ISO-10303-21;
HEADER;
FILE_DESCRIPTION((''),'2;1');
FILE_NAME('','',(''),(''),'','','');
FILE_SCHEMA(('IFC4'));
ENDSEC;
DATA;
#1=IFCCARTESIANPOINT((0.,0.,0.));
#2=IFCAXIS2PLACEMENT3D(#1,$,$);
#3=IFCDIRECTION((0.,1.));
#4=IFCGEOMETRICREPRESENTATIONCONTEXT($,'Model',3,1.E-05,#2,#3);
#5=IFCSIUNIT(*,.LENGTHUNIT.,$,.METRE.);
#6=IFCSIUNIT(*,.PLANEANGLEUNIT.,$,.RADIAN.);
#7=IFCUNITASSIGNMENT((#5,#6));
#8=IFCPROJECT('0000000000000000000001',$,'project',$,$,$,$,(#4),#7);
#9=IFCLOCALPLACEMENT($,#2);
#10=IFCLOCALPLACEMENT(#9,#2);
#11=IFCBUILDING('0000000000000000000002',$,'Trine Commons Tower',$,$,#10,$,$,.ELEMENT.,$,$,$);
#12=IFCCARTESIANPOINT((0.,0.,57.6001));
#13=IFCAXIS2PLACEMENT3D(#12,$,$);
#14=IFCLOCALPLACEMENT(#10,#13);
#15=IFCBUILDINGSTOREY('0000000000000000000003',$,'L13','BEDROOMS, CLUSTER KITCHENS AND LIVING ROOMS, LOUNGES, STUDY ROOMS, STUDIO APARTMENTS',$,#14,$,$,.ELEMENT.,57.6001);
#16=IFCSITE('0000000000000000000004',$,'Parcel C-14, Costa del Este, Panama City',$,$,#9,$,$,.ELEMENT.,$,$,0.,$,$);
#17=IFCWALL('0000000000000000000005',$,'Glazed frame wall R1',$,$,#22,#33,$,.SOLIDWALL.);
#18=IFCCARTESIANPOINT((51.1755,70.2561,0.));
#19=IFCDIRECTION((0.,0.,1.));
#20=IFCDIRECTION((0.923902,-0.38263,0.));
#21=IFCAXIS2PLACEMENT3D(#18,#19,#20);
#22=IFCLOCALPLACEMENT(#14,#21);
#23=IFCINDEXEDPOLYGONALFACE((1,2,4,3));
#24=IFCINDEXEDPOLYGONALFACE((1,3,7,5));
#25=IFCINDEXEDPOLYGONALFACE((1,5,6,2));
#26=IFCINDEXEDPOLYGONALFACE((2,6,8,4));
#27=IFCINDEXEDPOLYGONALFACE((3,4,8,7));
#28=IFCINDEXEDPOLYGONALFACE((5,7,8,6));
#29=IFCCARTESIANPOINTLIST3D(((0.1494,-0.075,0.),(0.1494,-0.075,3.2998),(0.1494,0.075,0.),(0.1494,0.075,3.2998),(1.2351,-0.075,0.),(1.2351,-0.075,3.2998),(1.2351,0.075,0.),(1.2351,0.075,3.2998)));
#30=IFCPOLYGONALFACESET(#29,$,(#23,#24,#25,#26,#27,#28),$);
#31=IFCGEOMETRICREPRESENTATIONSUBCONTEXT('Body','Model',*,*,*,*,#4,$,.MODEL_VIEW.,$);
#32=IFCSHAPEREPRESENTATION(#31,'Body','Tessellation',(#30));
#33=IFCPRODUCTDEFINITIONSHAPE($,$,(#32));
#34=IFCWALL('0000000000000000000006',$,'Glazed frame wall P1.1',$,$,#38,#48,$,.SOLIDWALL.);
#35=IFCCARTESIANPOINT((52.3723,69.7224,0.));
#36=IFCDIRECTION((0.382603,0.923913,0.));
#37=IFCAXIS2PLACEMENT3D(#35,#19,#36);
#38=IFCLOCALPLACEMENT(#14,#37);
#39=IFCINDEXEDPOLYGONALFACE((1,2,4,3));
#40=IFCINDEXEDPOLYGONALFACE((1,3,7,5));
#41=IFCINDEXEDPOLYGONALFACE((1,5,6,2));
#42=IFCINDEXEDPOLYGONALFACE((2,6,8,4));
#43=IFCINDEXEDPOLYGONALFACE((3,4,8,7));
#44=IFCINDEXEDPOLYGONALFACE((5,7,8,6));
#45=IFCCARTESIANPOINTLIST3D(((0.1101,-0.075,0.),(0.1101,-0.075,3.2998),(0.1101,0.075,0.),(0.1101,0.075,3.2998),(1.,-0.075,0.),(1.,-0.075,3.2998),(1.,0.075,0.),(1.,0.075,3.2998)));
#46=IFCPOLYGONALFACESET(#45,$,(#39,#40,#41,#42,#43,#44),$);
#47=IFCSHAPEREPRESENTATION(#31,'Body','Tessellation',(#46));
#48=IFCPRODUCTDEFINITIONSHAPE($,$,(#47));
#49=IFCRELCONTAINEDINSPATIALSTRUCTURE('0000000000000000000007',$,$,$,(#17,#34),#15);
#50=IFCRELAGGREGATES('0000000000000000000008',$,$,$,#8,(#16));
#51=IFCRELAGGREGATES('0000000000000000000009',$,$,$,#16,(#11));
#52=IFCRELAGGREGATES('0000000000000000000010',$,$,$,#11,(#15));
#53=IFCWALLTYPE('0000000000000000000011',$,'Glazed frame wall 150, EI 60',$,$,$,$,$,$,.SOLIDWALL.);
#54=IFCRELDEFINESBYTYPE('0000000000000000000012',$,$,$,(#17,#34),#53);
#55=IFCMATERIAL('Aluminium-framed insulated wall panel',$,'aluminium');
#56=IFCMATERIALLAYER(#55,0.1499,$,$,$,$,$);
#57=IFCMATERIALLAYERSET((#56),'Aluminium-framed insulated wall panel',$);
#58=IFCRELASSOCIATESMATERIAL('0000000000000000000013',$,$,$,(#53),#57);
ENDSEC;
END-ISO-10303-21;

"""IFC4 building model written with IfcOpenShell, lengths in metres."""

from ifc_helpers import new_model, si_unit, direction, frame, origin, place, context, subcontext, project, spatial, polyline, outline, extrude, material, layer, layer_set, type_object, element, save


model = new_model("IFC4")

# Units and contexts
model_context = context("Model", 3, precision=1e-05, world=origin(), true_north=direction((0.0, 1.0)))
body_context = subcontext(model_context, "Body", "Model", "MODEL_VIEW")
ifc_project = project(units=[si_unit("LENGTHUNIT", "METRE"), si_unit("PLANEANGLEUNIT", "RADIAN")], contexts=[model_context])

# Site, building, storey
site_placement = place(None, origin())
site = spatial("IfcSite", under=ifc_project, at=site_placement, Name="Parcel C-14, Costa del Este, Panama City", CompositionType="ELEMENT", RefElevation=0.0)
building_placement = place(site_placement, origin())
building = spatial("IfcBuilding", under=site, at=building_placement, Name="Trine Commons Tower", CompositionType="ELEMENT")
storey_placement = place(building_placement, frame((0.0, 0.0, 57.6001)))
storey = spatial("IfcBuildingStorey", under=building, at=storey_placement, Name="L13", Description="BEDROOMS, CLUSTER KITCHENS AND LIVING ROOMS, LOUNGES, STUDY ROOMS, STUDIO APARTMENTS", CompositionType="ELEMENT", Elevation=57.6001)

# Walls
ifc_material_1 = material(Name="Aluminium-framed insulated wall panel", Category="aluminium")
ifc_layer_1 = layer(ifc_material_1, 0.1499)
ifc_layer_set_1 = layer_set([ifc_layer_1], Name="Aluminium-framed insulated wall panel")
wall_type_1 = type_object("IfcWallType", Name="Glazed frame wall 150, EI 60", PredefinedType="SOLIDWALL", material=ifc_layer_set_1)
wall_1_placement = place(storey_placement, frame((51.1755, 70.2561, 0.0), z_axis=(0.0, 0.0, 1.0), x_axis=(0.923902, -0.38263, 0.0)))
element("IfcWall", 1, at=wall_1_placement, inside=storey, type_object=wall_type_1, Name="Glazed frame wall R1", PredefinedType="SOLIDWALL", context=body_context, shape_type="SweptSolid", body=[
    extrude(outline(polyline([(0.1494, 0.075), (0.1494, -0.075), (1.2351, -0.075), (1.2351, 0.075), (0.1494, 0.075)])), origin(), (0.0, 0.0, 1.0), 3.2998),
])
wall_2_placement = place(storey_placement, frame((52.3723, 69.7224, 0.0), z_axis=(0.0, 0.0, 1.0), x_axis=(0.382603, 0.923913, 0.0)))
element("IfcWall", 2, at=wall_2_placement, inside=storey, type_object=wall_type_1, Name="Glazed frame wall P1.1", PredefinedType="SOLIDWALL", context=body_context, shape_type="SweptSolid", body=[
    extrude(outline(polyline([(0.1101, -0.075), (1.0, -0.075), (1.0, 0.075), (0.1101, 0.075), (0.1101, -0.075)])), origin(), (0.0, 0.0, 1.0), 3.2998),
])

save(model, "model.ifc")
